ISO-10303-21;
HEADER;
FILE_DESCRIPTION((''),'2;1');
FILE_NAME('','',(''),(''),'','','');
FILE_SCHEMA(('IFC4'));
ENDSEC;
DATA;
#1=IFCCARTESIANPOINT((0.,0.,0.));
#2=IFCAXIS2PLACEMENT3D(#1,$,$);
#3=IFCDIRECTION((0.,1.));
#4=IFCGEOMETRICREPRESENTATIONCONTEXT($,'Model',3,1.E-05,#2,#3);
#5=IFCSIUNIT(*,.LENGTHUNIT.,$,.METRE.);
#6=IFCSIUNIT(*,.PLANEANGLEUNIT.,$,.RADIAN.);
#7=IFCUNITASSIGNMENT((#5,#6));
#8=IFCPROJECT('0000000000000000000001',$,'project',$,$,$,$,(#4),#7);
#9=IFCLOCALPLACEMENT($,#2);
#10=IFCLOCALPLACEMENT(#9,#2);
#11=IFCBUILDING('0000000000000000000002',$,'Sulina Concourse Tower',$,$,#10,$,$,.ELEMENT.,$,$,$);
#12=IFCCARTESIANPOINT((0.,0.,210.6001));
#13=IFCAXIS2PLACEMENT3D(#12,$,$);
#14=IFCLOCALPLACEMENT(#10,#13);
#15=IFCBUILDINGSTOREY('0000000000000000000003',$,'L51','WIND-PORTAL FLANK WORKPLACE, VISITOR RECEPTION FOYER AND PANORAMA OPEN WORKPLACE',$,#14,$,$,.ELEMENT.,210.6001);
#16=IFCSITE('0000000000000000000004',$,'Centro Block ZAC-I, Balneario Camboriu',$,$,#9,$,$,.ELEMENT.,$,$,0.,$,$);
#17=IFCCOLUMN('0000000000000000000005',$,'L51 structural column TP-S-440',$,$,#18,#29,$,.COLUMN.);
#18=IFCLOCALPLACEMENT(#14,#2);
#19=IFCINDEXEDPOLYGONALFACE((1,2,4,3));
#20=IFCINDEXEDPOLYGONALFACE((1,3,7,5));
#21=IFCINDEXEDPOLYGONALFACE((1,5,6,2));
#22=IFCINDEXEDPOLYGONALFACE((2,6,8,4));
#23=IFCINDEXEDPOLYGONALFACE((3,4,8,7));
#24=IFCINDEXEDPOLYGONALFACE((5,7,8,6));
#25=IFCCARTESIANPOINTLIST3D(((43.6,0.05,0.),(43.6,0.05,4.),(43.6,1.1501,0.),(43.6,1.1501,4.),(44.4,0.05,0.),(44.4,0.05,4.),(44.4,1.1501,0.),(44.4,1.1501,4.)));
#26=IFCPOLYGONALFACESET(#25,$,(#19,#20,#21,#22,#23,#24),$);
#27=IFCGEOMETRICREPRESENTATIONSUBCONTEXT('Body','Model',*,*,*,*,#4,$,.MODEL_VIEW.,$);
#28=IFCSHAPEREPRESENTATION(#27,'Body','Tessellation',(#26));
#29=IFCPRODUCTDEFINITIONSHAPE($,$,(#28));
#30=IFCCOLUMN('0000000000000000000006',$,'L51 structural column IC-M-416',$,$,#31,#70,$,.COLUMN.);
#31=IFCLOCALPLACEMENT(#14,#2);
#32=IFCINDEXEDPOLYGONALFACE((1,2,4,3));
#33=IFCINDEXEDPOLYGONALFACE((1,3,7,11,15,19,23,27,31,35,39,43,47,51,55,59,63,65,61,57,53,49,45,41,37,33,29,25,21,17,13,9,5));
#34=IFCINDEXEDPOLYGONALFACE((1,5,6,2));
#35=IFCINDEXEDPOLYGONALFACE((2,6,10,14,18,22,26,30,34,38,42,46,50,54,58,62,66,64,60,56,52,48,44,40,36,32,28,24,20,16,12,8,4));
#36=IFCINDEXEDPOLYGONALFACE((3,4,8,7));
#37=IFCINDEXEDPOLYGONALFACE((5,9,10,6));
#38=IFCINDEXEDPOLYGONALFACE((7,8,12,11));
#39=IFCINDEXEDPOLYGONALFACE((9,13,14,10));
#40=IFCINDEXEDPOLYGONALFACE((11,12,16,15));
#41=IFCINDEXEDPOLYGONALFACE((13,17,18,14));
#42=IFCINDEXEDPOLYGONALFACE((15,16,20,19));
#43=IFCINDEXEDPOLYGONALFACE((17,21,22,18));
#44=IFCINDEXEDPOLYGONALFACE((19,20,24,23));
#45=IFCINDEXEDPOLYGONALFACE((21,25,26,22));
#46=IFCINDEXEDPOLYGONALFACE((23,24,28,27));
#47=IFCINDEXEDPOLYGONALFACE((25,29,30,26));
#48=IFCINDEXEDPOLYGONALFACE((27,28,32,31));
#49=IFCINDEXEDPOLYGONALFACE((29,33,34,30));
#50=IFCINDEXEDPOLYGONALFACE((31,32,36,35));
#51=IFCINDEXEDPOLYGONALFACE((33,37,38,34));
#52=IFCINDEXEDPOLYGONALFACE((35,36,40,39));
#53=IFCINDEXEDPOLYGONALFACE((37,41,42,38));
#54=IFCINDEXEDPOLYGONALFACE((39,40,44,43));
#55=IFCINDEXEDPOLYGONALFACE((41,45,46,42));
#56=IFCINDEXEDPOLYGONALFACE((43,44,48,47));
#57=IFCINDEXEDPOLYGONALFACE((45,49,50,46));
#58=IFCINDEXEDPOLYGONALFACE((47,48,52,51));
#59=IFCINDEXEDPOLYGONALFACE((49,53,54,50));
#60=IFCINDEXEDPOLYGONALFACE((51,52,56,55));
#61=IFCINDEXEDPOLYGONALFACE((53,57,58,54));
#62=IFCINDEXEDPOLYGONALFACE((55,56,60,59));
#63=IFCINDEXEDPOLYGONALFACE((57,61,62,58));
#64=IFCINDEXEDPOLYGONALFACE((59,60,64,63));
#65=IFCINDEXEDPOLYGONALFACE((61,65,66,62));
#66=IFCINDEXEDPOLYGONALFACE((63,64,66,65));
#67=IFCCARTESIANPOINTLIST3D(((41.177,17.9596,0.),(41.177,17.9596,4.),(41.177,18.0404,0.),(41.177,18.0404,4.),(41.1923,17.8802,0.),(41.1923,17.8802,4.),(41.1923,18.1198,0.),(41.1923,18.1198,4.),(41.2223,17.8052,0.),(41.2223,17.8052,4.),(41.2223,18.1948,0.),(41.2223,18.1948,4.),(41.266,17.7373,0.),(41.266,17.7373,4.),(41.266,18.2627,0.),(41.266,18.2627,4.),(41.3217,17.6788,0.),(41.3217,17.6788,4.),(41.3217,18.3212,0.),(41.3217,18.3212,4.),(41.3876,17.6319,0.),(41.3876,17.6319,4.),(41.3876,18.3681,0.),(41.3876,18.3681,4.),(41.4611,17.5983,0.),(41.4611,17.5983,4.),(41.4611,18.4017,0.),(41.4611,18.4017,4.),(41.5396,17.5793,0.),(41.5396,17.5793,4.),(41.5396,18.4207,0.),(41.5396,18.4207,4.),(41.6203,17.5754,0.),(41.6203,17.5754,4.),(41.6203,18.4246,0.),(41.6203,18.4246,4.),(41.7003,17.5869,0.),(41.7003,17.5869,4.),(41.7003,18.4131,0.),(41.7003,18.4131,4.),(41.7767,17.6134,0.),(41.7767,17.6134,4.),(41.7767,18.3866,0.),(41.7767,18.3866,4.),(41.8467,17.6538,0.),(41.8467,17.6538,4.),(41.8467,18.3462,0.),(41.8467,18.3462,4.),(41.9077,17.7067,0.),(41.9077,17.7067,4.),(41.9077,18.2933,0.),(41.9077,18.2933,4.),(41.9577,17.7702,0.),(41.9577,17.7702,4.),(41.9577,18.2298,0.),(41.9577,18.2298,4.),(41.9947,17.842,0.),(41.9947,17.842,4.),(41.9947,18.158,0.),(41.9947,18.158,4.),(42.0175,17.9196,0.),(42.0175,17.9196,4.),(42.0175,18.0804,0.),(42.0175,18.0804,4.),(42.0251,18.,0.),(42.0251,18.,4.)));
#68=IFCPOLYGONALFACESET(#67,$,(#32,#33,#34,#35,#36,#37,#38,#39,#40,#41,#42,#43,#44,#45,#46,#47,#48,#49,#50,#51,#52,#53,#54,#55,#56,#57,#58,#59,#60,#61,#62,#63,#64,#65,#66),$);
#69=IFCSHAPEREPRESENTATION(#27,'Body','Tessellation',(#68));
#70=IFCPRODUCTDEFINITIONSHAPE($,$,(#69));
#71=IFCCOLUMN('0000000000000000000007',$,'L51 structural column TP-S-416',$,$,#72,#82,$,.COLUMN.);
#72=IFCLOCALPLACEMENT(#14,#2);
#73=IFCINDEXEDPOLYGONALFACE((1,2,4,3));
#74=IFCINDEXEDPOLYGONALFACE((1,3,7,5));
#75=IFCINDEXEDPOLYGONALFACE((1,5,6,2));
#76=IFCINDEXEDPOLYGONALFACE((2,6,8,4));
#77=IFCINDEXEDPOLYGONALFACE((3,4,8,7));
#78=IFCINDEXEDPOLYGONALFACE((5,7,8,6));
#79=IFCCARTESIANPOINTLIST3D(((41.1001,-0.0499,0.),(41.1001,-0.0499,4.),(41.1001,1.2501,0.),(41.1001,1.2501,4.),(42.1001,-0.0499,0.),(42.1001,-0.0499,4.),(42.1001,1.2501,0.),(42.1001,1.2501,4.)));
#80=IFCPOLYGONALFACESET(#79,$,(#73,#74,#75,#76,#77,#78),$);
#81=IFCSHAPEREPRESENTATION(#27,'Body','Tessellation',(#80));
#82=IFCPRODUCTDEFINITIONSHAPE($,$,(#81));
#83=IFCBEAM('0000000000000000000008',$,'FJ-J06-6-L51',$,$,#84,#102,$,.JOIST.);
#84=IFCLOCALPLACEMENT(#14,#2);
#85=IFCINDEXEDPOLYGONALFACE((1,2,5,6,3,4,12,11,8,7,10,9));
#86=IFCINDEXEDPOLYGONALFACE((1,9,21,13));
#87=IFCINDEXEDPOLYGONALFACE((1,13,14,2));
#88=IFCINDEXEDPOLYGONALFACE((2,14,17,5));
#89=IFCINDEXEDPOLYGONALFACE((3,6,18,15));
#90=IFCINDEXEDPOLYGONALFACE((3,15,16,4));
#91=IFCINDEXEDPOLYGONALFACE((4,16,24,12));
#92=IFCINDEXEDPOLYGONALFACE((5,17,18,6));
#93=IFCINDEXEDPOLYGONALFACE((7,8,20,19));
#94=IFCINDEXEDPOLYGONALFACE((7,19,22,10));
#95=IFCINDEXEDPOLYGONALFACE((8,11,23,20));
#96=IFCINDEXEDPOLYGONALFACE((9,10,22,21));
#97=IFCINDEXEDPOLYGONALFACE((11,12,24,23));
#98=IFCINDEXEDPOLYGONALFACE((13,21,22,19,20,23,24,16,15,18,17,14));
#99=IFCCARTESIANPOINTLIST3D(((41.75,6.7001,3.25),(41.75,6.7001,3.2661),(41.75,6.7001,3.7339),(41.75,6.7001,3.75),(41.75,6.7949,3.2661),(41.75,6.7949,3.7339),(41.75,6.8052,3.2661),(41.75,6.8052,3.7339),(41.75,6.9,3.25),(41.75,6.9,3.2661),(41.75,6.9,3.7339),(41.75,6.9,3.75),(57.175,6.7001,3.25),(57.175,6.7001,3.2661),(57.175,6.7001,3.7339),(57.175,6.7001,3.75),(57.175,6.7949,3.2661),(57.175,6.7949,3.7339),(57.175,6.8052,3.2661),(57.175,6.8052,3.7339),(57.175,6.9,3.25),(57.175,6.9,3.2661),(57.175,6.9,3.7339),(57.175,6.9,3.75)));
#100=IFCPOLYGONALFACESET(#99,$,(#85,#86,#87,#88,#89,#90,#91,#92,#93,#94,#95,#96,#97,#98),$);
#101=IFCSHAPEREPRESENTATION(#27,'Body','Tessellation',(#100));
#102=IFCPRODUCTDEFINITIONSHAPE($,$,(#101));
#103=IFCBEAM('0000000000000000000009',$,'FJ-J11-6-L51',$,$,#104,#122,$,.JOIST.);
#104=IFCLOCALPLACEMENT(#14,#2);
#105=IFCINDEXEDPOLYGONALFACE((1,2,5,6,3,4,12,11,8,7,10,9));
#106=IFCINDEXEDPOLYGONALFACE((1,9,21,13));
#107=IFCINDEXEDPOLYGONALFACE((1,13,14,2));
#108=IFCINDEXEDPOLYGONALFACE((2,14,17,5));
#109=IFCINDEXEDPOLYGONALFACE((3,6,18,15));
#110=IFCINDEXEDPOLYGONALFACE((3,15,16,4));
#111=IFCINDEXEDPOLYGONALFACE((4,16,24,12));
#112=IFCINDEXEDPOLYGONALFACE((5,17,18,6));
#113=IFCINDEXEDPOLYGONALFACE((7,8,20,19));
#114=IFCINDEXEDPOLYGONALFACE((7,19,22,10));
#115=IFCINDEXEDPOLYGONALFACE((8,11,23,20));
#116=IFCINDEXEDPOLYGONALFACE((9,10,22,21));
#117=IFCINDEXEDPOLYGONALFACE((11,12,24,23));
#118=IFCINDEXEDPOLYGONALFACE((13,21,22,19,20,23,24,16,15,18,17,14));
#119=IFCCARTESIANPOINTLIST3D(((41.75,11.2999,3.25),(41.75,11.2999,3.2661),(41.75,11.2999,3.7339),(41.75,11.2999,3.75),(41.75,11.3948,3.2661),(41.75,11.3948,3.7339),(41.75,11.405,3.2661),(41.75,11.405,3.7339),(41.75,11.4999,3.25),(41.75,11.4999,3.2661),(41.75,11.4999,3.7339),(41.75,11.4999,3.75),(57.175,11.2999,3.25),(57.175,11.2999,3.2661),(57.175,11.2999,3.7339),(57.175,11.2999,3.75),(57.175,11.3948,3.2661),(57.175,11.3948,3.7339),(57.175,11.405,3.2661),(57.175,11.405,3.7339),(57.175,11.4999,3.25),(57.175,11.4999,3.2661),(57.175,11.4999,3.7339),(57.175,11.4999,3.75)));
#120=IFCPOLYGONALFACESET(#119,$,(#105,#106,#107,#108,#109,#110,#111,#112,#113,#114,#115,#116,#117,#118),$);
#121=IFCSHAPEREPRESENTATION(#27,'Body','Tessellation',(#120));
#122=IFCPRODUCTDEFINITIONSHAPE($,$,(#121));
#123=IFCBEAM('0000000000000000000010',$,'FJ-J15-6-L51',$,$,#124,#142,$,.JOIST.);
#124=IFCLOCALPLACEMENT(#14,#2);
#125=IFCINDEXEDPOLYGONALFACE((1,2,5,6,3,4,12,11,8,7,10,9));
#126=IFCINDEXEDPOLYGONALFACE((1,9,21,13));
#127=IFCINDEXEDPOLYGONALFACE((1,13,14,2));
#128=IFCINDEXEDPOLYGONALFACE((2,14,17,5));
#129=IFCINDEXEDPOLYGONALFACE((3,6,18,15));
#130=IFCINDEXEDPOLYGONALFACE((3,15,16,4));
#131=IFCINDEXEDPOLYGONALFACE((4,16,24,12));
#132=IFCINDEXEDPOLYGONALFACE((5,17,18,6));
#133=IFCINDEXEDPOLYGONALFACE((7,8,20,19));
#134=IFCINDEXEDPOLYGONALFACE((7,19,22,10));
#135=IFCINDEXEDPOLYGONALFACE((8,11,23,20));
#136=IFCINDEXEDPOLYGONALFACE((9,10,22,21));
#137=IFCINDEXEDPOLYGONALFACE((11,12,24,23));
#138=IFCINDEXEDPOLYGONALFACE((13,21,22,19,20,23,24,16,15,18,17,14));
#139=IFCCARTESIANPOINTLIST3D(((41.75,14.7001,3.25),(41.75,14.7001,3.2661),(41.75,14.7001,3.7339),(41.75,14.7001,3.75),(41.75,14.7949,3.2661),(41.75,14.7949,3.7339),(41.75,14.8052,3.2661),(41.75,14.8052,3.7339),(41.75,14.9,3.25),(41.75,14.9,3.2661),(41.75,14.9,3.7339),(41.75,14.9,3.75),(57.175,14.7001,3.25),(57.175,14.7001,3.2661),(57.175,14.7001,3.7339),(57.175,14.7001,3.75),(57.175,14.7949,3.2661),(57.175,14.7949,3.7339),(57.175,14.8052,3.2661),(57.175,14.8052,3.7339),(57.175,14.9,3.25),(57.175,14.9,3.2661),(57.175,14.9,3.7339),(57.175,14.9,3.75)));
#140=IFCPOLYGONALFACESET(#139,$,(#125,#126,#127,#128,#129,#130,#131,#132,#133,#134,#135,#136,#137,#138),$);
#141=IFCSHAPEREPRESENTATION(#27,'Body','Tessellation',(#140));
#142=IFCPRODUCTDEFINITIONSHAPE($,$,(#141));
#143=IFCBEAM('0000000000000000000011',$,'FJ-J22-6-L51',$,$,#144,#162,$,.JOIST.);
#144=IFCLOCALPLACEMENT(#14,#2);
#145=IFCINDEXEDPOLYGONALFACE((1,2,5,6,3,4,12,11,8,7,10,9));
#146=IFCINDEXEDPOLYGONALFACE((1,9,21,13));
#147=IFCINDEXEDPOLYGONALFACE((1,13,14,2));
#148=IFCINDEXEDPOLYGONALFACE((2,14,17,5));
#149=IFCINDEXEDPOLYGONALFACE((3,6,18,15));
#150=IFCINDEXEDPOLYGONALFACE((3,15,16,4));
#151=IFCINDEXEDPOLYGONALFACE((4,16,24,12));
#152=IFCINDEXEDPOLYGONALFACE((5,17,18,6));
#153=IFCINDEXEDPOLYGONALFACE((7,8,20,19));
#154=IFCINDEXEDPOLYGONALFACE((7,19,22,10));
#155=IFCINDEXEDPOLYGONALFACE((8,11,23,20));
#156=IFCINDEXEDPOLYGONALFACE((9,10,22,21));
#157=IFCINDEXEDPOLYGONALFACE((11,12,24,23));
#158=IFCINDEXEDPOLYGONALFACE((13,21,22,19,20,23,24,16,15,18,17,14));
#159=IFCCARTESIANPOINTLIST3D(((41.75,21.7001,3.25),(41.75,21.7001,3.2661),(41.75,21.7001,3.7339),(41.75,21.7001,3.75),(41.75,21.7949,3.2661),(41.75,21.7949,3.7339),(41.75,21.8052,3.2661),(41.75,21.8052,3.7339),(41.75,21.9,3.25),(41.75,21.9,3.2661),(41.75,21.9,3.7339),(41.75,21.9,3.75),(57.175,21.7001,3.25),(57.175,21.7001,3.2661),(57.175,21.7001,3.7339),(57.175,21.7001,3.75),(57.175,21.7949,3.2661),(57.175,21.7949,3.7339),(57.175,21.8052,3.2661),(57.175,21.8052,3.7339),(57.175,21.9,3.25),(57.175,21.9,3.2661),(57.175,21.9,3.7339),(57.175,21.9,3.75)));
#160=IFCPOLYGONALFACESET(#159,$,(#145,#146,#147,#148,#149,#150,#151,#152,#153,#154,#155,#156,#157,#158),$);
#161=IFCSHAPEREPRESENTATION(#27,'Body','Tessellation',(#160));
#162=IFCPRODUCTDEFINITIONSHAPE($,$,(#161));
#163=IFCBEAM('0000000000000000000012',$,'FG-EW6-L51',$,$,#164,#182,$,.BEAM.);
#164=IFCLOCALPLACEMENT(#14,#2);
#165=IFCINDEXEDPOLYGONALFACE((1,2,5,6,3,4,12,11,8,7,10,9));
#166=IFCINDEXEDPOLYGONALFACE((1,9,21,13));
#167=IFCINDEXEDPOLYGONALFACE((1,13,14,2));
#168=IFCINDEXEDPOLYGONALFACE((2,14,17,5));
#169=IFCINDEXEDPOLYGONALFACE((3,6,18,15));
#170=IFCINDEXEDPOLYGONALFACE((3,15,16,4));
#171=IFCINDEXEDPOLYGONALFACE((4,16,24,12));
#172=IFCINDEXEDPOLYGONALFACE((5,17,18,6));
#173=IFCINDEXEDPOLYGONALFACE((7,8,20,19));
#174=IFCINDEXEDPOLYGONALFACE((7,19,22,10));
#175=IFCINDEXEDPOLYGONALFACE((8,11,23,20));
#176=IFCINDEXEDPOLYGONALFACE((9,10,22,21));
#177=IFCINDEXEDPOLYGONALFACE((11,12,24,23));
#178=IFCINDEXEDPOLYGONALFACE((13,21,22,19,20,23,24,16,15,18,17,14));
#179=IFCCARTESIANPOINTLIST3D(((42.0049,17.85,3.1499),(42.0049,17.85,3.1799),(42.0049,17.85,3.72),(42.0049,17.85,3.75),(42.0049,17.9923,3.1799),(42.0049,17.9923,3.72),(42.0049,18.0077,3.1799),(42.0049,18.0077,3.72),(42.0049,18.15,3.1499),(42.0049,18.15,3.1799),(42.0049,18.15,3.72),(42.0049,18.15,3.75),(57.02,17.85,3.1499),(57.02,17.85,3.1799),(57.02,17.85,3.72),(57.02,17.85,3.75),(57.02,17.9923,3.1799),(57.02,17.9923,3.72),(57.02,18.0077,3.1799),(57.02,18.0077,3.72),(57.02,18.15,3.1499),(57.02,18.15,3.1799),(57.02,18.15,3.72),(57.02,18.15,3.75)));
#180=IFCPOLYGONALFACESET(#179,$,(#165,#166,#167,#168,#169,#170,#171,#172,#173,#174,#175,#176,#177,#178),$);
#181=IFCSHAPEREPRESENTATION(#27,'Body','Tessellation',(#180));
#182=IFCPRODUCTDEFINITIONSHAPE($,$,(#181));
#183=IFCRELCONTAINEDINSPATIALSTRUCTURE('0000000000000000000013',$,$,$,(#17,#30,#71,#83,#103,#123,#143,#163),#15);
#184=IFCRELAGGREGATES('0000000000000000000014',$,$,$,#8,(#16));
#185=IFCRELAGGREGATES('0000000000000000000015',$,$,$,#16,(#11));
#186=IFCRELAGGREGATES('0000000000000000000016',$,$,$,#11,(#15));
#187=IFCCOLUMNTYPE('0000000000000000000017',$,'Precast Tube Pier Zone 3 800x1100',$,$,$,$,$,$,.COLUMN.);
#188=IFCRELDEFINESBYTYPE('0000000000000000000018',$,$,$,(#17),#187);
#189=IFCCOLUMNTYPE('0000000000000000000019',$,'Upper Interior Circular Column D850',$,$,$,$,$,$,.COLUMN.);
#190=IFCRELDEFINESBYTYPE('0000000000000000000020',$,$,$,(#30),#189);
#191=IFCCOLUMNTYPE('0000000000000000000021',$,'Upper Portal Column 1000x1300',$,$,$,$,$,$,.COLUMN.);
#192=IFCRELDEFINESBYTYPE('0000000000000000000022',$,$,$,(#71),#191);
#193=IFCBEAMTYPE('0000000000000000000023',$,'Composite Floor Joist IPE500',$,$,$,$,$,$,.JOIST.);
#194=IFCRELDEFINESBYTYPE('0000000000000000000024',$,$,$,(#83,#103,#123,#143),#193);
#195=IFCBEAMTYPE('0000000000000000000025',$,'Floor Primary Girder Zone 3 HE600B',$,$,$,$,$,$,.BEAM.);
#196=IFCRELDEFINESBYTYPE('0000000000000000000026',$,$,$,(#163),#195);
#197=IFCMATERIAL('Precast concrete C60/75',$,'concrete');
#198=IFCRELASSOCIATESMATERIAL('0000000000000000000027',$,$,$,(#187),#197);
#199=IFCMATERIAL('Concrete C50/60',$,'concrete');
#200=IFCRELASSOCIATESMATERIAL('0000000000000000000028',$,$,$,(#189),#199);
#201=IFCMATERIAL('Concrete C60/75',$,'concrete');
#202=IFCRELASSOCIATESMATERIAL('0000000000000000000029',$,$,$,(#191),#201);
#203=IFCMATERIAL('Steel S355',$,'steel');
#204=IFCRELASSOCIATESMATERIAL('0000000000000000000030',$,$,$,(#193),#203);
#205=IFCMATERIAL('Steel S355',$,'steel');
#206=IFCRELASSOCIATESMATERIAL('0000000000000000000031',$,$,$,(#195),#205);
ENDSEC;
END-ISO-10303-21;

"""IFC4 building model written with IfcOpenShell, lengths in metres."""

from ifc_helpers import new_model, si_unit, direction, frame, origin, origin_2d, place, context, subcontext, project, spatial, rectangle, circle, i_section, extrude, material, material_profile, profile_set, type_object, element, save


model = new_model("IFC4")

# Units and contexts
model_context = context("Model", 3, precision=1e-05, world=origin(), true_north=direction((0.0, 1.0)))
body_context = subcontext(model_context, "Body", "Model", "MODEL_VIEW")
ifc_project = project(units=[si_unit("LENGTHUNIT", "METRE"), si_unit("PLANEANGLEUNIT", "RADIAN")], contexts=[model_context])

# Site, building, storey
site_placement = place(None, origin())
site = spatial("IfcSite", under=ifc_project, at=site_placement, Name="Centro Block ZAC-I, Balneario Camboriu", CompositionType="ELEMENT", RefElevation=0.0)
building_placement = place(site_placement, origin())
building = spatial("IfcBuilding", under=site, at=building_placement, Name="Sulina Concourse Tower", CompositionType="ELEMENT")
storey_placement = place(building_placement, frame((0.0, 0.0, 210.6001)))
storey = spatial("IfcBuildingStorey", under=building, at=storey_placement, Name="L51", Description="WIND-PORTAL FLANK WORKPLACE, VISITOR RECEPTION FOYER AND PANORAMA OPEN WORKPLACE", CompositionType="ELEMENT", Elevation=210.6001)

# Columns
ifc_material_1 = material(Name="Precast concrete C60/75", Category="concrete")
ifc_material_profile_1 = material_profile(ifc_material_1, rectangle(XDim=0.8, YDim=1.1001, at=origin_2d()), Name="PC 800x1100")
ifc_profile_set_1 = profile_set([ifc_material_profile_1], Name="Precast concrete C60/75")
column_type_1 = type_object("IfcColumnType", Name="Precast Tube Pier Zone 3 800x1100", PredefinedType="COLUMN", material=ifc_profile_set_1)
column_1_placement = place(storey_placement, frame((44.0, 0.6001, 0.0), z_axis=(0.0, 0.0, 1.0), x_axis=(1.0, 0.0, 0.0)))
element("IfcColumn", 1, at=column_1_placement, inside=storey, type_object=column_type_1, Name="L51 structural column TP-S-440", PredefinedType="COLUMN", context=body_context, shape_type="SweptSolid", body=[
    extrude(rectangle(XDim=0.8, YDim=1.1001, at=origin_2d()), origin(), (0.0, 0.0, 1.0), 4.0),
])
ifc_material_2 = material(Name="Concrete C50/60", Category="concrete")
ifc_material_profile_2 = material_profile(ifc_material_2, circle(Radius=0.425, at=origin_2d()), Name="RC D850")
ifc_profile_set_2 = profile_set([ifc_material_profile_2], Name="Concrete C50/60")
column_type_2 = type_object("IfcColumnType", Name="Upper Interior Circular Column D850", PredefinedType="COLUMN", material=ifc_profile_set_2)
column_2_placement = place(storey_placement, frame((41.6001, 18.0, 0.0), z_axis=(0.0, 0.0, 1.0), x_axis=(1.0, 0.0, 0.0)))
element("IfcColumn", 2, at=column_2_placement, inside=storey, type_object=column_type_2, Name="L51 structural column IC-M-416", PredefinedType="COLUMN", context=body_context, shape_type="SweptSolid", body=[
    extrude(circle(Radius=0.425, at=origin_2d()), origin(), (0.0, 0.0, 1.0), 4.0),
])
ifc_material_3 = material(Name="Concrete C60/75", Category="concrete")
ifc_material_profile_3 = material_profile(ifc_material_3, rectangle(XDim=1.0, YDim=1.3, at=origin_2d()), Name="RC 1000x1300")
ifc_profile_set_3 = profile_set([ifc_material_profile_3], Name="Concrete C60/75")
column_type_3 = type_object("IfcColumnType", Name="Upper Portal Column 1000x1300", PredefinedType="COLUMN", material=ifc_profile_set_3)
column_3_placement = place(storey_placement, frame((41.6001, 0.6001, 0.0), z_axis=(0.0, 0.0, 1.0), x_axis=(1.0, 0.0, 0.0)))
element("IfcColumn", 3, at=column_3_placement, inside=storey, type_object=column_type_3, Name="L51 structural column TP-S-416", PredefinedType="COLUMN", context=body_context, shape_type="SweptSolid", body=[
    extrude(rectangle(XDim=1.0, YDim=1.3, at=origin_2d()), origin(), (0.0, 0.0, 1.0), 4.0),
])

# Beams
ifc_material_4 = material(Name="Steel S355", Category="steel")
ifc_material_profile_4 = material_profile(ifc_material_4, i_section(OverallWidth=0.2, OverallDepth=0.5, WebThickness=0.0103, FlangeThickness=0.0161, at=origin_2d()), Name="IPE 500")
ifc_profile_set_4 = profile_set([ifc_material_profile_4], Name="Steel S355")
beam_type_1 = type_object("IfcBeamType", Name="Composite Floor Joist IPE500", PredefinedType="JOIST", material=ifc_profile_set_4)
for number, where, z_axis, x_axis, name in (
    (4, (41.75, 6.8, 3.5), (1.0, 0.0, 0.0), (0.0, 1.0, 0.0), "FJ-J06-6-L51"),
    (5, (41.75, 11.3999, 3.5), (1.0, 0.0, 0.0), (0.0, 1.0, 0.0), "FJ-J11-6-L51"),
    (6, (41.75, 14.8, 3.5), (1.0, 0.0, 0.0), (0.0, 1.0, 0.0), "FJ-J15-6-L51"),
    (7, (41.75, 21.8, 3.5), (1.0, 0.0, 0.0), (0.0, 1.0, 0.0), "FJ-J22-6-L51"),
):
    element("IfcBeam", number, at=place(storey_placement, frame(where, z_axis=z_axis, x_axis=x_axis)), inside=storey, type_object=beam_type_1, Name=name, PredefinedType="JOIST", context=body_context, shape_type="SweptSolid", body=[
        extrude(i_section(OverallWidth=0.2, OverallDepth=0.5, WebThickness=0.0103, FlangeThickness=0.0161, at=origin_2d()), origin(), (0.0, 0.0, 1.0), 15.425),
    ])
ifc_material_5 = material(Name="Steel S355", Category="steel")
ifc_material_profile_5 = material_profile(ifc_material_5, i_section(OverallWidth=0.3, OverallDepth=0.6001, WebThickness=0.0154, FlangeThickness=0.03, at=origin_2d()), Name="HE 600 B")
ifc_profile_set_5 = profile_set([ifc_material_profile_5], Name="Steel S355")
beam_type_2 = type_object("IfcBeamType", Name="Floor Primary Girder Zone 3 HE600B", PredefinedType="BEAM", material=ifc_profile_set_5)
beam_1_placement = place(storey_placement, frame((42.0049, 18.0, 3.45), z_axis=(1.0, 0.0, 0.0), x_axis=(0.0, 1.0, 0.0)))
element("IfcBeam", 8, at=beam_1_placement, inside=storey, type_object=beam_type_2, Name="FG-EW6-L51", PredefinedType="BEAM", context=body_context, shape_type="SweptSolid", body=[
    extrude(i_section(OverallWidth=0.3, OverallDepth=0.6001, WebThickness=0.0154, FlangeThickness=0.03, at=origin_2d()), origin(), (0.0, 0.0, 1.0), 15.0151),
])

save(model, "model.ifc")
